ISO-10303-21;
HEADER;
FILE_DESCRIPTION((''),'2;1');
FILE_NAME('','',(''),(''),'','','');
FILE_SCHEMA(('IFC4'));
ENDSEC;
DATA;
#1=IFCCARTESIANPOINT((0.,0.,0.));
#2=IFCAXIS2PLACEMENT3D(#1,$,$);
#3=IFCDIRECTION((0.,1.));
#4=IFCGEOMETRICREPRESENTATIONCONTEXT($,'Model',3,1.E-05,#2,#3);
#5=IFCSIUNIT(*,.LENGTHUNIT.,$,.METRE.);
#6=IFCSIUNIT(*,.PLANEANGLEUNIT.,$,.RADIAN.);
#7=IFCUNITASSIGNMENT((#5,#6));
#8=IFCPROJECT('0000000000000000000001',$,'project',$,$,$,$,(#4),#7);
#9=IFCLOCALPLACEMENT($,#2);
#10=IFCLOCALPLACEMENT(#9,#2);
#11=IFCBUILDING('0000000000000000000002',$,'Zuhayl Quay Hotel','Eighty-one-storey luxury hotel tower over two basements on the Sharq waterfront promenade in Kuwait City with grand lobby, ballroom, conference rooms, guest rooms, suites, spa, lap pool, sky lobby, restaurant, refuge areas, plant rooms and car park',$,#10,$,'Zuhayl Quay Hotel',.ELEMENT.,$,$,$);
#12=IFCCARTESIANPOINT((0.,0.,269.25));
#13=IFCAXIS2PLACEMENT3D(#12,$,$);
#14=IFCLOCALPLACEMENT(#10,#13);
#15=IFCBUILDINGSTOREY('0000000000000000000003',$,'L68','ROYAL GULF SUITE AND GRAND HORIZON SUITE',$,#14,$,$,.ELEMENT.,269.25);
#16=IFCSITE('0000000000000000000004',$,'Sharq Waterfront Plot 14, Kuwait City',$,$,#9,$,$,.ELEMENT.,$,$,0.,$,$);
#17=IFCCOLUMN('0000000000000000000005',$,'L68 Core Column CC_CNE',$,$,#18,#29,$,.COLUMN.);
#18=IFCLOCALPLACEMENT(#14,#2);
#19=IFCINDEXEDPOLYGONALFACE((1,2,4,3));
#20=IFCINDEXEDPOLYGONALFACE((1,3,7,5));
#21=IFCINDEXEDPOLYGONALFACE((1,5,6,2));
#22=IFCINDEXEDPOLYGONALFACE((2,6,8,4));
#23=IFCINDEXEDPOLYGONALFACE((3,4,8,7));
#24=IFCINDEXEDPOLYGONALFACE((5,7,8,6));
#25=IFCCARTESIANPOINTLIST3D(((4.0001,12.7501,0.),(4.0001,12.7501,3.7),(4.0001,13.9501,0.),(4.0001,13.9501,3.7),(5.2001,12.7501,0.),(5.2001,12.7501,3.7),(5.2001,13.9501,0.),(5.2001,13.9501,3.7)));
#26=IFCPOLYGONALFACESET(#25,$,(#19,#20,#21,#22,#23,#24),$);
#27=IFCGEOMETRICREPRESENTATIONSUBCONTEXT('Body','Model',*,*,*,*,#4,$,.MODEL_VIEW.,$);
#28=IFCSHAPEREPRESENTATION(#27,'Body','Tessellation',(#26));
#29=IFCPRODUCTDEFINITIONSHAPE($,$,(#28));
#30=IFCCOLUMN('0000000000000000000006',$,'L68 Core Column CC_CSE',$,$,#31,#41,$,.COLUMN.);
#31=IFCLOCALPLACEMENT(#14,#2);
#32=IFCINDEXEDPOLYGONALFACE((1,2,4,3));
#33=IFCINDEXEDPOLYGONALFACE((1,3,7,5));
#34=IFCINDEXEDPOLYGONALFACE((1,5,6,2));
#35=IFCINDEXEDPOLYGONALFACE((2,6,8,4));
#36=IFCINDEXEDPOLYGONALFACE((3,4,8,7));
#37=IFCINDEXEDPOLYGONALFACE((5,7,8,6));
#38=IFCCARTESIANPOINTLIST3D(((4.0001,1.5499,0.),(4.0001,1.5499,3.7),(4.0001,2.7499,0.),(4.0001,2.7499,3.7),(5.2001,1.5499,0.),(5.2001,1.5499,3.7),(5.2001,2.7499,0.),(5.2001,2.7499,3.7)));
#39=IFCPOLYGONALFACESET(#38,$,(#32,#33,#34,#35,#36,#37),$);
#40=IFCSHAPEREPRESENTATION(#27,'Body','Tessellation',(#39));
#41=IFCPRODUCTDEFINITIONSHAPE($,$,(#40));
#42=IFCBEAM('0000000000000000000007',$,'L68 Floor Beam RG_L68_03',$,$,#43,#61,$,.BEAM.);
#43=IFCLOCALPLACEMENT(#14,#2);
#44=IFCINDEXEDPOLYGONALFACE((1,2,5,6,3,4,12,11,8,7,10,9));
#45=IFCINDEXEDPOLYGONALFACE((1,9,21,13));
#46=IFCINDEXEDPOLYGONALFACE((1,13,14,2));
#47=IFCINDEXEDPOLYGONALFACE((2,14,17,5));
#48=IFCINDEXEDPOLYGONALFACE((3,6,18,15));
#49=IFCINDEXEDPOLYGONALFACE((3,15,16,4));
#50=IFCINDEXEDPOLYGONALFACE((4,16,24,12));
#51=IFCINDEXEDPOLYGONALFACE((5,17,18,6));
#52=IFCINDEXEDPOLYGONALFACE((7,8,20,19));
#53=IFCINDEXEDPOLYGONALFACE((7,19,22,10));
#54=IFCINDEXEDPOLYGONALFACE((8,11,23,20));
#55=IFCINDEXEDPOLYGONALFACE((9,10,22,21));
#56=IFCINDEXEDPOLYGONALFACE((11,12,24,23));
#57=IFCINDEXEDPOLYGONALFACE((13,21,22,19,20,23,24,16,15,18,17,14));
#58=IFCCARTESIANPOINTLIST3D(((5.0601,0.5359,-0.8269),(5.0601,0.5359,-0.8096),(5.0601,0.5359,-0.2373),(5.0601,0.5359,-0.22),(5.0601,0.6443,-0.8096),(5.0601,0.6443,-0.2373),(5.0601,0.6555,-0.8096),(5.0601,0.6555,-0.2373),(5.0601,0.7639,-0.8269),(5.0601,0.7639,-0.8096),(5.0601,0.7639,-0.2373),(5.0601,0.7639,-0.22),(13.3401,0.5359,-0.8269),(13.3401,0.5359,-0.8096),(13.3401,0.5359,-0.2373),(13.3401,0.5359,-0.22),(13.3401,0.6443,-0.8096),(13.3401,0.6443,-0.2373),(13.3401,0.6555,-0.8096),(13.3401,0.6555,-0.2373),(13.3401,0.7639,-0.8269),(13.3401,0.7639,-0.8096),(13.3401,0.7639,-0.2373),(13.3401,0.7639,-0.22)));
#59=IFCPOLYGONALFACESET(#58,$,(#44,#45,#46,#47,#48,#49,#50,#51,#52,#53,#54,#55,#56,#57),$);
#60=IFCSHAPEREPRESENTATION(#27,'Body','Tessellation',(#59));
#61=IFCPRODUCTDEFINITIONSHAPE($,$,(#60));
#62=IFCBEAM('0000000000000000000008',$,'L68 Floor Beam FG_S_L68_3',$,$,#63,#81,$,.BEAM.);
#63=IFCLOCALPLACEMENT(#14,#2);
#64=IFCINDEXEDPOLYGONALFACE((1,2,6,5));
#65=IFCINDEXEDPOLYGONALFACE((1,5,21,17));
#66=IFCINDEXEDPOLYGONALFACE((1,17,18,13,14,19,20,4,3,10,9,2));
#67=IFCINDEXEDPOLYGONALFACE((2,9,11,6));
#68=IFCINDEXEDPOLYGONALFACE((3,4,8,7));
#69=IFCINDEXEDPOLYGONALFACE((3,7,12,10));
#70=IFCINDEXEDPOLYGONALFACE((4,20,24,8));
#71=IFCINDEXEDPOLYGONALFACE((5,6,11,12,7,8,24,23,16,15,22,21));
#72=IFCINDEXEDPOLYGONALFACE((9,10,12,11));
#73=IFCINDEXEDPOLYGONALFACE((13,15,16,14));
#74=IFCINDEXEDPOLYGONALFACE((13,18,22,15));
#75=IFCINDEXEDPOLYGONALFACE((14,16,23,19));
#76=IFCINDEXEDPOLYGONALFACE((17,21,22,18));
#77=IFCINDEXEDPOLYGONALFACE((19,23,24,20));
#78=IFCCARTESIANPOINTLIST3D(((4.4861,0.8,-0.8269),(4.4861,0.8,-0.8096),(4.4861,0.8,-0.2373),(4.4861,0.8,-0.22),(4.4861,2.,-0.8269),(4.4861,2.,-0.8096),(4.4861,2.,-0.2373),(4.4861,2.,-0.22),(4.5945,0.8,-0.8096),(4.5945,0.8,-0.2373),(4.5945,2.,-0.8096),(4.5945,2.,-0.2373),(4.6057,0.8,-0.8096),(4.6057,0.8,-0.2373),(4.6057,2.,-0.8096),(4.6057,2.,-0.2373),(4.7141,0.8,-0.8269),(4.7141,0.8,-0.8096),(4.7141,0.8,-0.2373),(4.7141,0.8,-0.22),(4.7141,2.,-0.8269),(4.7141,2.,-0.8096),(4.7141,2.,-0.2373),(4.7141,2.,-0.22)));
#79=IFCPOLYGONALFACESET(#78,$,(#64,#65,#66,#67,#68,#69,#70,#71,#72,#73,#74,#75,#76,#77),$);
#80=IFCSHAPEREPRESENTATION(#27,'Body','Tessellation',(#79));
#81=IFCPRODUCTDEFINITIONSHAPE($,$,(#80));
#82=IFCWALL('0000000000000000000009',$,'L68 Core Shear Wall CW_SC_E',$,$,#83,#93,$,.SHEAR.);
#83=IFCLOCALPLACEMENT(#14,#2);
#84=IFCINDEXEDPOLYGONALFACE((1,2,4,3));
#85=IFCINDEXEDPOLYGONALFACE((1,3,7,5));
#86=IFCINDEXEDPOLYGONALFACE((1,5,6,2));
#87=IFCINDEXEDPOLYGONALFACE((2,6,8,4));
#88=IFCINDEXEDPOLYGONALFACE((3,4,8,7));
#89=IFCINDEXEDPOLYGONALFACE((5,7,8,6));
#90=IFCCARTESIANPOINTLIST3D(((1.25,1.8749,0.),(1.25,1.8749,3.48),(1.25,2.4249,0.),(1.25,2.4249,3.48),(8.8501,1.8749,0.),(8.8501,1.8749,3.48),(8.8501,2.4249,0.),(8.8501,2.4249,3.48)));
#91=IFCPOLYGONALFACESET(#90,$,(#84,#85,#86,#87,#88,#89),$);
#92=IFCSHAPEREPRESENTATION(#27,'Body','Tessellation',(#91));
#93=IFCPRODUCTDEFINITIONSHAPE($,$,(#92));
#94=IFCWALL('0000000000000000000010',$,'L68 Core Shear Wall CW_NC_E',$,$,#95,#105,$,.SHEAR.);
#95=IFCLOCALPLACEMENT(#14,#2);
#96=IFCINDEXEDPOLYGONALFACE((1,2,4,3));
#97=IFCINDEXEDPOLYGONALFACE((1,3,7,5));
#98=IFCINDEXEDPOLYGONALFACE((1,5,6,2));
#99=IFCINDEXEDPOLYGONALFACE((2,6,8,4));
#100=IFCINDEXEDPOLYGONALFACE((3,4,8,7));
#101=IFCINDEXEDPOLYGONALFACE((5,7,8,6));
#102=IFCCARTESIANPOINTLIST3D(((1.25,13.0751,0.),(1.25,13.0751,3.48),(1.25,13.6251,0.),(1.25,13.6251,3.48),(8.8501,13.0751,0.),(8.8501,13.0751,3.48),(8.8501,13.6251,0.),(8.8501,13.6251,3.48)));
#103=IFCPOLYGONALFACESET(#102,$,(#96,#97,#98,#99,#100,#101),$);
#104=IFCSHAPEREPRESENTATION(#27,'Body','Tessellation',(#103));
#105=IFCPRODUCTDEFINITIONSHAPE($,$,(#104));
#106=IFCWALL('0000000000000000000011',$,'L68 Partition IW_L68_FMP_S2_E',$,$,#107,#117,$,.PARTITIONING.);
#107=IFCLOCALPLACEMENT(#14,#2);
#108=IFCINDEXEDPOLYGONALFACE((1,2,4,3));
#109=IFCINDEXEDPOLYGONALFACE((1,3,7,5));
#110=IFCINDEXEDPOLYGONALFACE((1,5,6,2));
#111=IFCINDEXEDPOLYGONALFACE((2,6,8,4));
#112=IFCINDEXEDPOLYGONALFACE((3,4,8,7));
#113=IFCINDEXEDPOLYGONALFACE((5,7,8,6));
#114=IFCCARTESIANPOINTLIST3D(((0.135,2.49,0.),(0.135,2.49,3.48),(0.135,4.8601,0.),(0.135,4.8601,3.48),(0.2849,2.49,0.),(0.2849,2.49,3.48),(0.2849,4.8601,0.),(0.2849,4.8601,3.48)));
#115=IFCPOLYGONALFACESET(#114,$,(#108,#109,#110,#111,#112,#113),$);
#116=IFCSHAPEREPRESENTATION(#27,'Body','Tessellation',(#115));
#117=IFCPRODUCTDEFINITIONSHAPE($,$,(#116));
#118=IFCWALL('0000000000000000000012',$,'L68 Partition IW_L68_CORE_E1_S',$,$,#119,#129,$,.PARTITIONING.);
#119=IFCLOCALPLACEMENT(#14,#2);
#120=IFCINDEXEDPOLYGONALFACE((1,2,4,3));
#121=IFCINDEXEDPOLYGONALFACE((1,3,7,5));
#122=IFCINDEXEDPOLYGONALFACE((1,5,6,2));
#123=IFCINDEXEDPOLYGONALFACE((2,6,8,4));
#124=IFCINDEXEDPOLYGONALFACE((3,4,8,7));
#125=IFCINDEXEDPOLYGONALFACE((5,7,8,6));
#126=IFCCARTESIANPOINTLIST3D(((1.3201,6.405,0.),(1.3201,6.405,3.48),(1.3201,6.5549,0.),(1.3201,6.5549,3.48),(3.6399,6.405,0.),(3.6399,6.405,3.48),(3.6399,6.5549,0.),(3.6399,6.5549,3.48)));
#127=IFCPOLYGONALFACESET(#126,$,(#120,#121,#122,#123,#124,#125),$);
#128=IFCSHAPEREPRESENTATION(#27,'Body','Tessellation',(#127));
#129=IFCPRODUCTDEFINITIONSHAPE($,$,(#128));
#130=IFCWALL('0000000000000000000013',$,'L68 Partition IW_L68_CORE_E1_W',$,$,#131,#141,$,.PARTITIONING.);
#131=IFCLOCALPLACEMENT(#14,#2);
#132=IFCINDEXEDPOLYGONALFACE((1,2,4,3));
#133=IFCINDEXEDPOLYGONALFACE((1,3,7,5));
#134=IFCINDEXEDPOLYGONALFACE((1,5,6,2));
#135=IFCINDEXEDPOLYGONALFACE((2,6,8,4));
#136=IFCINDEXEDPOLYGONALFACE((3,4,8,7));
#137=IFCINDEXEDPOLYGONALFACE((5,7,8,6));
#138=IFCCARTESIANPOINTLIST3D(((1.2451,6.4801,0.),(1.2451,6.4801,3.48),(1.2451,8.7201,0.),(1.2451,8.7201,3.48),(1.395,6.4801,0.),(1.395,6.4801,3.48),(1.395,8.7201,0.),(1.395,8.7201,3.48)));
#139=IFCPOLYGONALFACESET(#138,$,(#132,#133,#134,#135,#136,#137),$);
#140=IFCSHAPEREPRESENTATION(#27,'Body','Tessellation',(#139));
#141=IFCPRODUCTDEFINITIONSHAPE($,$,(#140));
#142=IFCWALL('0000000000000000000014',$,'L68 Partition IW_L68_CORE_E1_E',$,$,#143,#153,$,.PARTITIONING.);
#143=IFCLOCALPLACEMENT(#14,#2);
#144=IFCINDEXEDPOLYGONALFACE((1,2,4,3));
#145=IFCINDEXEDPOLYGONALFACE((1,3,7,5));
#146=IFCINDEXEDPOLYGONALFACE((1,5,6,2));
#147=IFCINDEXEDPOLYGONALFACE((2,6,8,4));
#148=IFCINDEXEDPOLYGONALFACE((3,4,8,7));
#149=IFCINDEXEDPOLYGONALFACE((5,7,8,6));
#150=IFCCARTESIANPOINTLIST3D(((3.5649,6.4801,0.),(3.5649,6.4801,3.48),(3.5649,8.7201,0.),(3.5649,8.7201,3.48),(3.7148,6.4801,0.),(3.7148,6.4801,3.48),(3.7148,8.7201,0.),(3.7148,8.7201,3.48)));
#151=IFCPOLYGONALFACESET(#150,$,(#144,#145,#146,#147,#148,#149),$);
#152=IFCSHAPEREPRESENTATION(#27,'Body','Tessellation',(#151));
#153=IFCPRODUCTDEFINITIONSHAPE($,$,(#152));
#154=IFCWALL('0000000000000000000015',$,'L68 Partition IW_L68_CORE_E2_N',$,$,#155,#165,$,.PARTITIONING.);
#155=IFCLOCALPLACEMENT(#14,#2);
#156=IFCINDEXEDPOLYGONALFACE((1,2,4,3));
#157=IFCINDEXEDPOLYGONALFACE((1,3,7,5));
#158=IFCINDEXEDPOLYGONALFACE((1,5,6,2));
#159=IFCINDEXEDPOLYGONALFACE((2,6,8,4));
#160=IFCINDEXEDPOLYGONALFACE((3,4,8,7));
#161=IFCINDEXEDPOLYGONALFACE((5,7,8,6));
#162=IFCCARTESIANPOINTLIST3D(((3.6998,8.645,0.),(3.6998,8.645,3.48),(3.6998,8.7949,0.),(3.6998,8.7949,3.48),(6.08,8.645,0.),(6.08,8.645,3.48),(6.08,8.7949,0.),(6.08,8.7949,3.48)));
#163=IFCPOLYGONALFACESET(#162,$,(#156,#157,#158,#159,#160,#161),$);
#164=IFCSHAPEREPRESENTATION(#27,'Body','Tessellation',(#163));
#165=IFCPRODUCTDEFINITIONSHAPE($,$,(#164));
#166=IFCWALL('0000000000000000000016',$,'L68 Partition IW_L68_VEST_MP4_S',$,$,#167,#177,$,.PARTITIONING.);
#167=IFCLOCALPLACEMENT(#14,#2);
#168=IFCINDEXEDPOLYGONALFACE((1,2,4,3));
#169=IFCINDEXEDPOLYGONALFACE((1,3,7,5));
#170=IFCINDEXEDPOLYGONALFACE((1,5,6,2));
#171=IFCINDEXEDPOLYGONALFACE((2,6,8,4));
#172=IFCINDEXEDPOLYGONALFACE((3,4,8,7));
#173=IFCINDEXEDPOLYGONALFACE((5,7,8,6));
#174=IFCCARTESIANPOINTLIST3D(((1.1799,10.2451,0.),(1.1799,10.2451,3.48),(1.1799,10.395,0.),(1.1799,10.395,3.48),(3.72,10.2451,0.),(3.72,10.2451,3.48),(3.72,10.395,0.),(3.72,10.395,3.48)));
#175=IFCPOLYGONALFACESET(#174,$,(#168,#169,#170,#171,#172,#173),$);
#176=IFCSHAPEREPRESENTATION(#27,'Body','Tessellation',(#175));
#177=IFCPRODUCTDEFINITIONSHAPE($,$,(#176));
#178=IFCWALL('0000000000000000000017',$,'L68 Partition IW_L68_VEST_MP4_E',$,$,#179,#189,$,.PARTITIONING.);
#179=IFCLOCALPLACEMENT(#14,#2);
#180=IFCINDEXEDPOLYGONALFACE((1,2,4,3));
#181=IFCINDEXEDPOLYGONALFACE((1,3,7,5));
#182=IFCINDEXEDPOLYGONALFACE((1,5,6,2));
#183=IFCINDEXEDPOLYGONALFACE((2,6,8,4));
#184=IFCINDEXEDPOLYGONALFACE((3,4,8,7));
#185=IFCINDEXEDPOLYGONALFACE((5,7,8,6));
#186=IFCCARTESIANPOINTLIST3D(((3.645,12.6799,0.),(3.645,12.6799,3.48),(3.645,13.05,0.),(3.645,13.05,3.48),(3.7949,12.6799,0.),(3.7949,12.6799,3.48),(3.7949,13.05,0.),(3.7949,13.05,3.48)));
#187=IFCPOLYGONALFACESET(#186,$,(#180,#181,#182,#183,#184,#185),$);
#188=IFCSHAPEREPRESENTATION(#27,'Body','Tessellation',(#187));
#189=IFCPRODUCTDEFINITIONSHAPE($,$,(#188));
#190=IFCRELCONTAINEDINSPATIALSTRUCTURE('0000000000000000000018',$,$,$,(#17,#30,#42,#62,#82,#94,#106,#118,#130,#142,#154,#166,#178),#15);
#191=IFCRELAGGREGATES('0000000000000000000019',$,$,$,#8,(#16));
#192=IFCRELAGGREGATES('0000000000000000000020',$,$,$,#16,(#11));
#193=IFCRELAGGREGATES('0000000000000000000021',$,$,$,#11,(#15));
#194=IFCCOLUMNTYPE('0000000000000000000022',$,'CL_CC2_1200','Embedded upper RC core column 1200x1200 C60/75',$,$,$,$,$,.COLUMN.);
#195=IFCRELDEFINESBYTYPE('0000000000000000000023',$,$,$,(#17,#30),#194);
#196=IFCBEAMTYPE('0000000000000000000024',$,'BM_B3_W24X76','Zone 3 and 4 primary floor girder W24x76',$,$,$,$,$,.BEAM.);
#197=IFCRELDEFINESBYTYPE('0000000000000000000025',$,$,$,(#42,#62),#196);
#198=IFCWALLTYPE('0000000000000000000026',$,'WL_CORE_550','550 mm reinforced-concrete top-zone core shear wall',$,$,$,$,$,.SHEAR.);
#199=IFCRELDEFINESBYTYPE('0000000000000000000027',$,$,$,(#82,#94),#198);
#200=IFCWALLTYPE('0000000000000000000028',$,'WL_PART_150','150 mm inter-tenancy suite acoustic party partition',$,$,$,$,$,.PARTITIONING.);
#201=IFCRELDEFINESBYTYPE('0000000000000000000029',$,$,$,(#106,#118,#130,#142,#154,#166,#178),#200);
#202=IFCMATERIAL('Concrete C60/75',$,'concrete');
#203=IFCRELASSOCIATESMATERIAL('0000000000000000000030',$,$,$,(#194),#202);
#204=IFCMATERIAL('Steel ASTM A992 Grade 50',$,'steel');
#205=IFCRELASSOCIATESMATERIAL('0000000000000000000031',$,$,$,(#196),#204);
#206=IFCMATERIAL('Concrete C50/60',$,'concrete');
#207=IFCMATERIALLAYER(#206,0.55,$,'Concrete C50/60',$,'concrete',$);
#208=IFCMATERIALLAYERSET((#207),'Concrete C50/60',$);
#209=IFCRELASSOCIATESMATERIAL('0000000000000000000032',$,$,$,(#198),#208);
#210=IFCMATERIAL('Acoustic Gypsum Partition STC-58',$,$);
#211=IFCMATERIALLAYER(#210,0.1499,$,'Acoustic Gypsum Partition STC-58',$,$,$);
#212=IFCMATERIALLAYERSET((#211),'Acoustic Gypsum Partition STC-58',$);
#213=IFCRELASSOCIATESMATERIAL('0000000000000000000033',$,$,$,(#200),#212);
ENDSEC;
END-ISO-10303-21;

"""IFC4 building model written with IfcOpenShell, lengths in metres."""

from ifc_helpers import new_model, si_unit, direction, frame, frame_2d, origin, origin_2d, place, context, subcontext, project, spatial, rectangle, i_section, extrude, material, layer, layer_set, material_profile, profile_set, type_object, element, save


model = new_model("IFC4")

# Units and contexts
model_context = context("Model", 3, precision=1e-05, world=origin(), true_north=direction((0.0, 1.0)))
body_context = subcontext(model_context, "Body", "Model", "MODEL_VIEW")
ifc_project = project(units=[si_unit("LENGTHUNIT", "METRE"), si_unit("PLANEANGLEUNIT", "RADIAN")], contexts=[model_context])

# Site, building, storey
site_placement = place(None, origin())
site = spatial("IfcSite", under=ifc_project, at=site_placement, Name="Sharq Waterfront Plot 14, Kuwait City", CompositionType="ELEMENT", RefElevation=0.0)
building_placement = place(site_placement, origin())
building = spatial("IfcBuilding", under=site, at=building_placement, Name="Zuhayl Quay Hotel", Description="Eighty-one-storey luxury hotel tower over two basements on the Sharq waterfront promenade in Kuwait City with grand lobby, ballroom, conference rooms, guest rooms, suites, spa, lap pool, sky lobby, restaurant, refuge areas, plant rooms and car park", LongName="Zuhayl Quay Hotel", CompositionType="ELEMENT")
storey_placement = place(building_placement, frame((0.0, 0.0, 269.25)))
storey = spatial("IfcBuildingStorey", under=building, at=storey_placement, Name="L68", Description="ROYAL GULF SUITE AND GRAND HORIZON SUITE", CompositionType="ELEMENT", Elevation=269.25)

# Columns
ifc_material_1 = material(Name="Concrete C60/75", Category="concrete")
ifc_material_profile_1 = material_profile(ifc_material_1, rectangle(XDim=1.2, YDim=1.2, at=origin_2d()), Name="RC1200X1200")
ifc_profile_set_1 = profile_set([ifc_material_profile_1], Name="Concrete C60/75")
column_type = type_object("IfcColumnType", Name="CL_CC2_1200", Description="Embedded upper RC core column 1200x1200 C60/75", PredefinedType="COLUMN", material=ifc_profile_set_1)
for number, where, z_axis, x_axis, name in (
    (1, (4.6001, 13.3501, 0.0), (0.0, 0.0, 1.0), (1.0, 0.0, 0.0), "L68 Core Column CC_CNE"),
    (2, (4.6001, 2.1499, 0.0), (0.0, 0.0, 1.0), (1.0, 0.0, 0.0), "L68 Core Column CC_CSE"),
):
    element("IfcColumn", number, at=place(storey_placement, frame(where, z_axis=z_axis, x_axis=x_axis)), inside=storey, type_object=column_type, Name=name, PredefinedType="COLUMN", context=body_context, shape_type="SweptSolid", body=[
        extrude(rectangle(XDim=1.2, YDim=1.2, at=origin_2d()), origin(), (0.0, 0.0, 1.0), 3.7),
    ])

# Beams
ifc_material_2 = material(Name="Steel ASTM A992 Grade 50", Category="steel")
ifc_material_profile_2 = material_profile(ifc_material_2, i_section(OverallWidth=0.228, OverallDepth=0.6069, WebThickness=0.0112, FlangeThickness=0.0173, at=origin_2d()), Name="W24X76")
ifc_profile_set_2 = profile_set([ifc_material_profile_2], Name="Steel ASTM A992 Grade 50")
beam_type = type_object("IfcBeamType", Name="BM_B3_W24X76", Description="Zone 3 and 4 primary floor girder W24x76", PredefinedType="BEAM", material=ifc_profile_set_2)
beam_1_placement = place(storey_placement, frame((5.0601, 0.6499, -0.5234), z_axis=(1.0, 0.0, 0.0), x_axis=(0.0, 1.0, 0.0)))
element("IfcBeam", 3, at=beam_1_placement, inside=storey, type_object=beam_type, Name="L68 Floor Beam RG_L68_03", PredefinedType="BEAM", context=body_context, shape_type="SweptSolid", body=[
    extrude(i_section(OverallWidth=0.228, OverallDepth=0.6069, WebThickness=0.0112, FlangeThickness=0.0173, at=origin_2d()), origin(), (0.0, 0.0, 1.0), 8.28),
])
beam_2_placement = place(storey_placement, frame((4.6001, 0.8, -0.5234), z_axis=(0.0, 1.0, 0.0), x_axis=(-1.0, 0.0, 0.0)))
element("IfcBeam", 4, at=beam_2_placement, inside=storey, type_object=beam_type, Name="L68 Floor Beam FG_S_L68_3", PredefinedType="BEAM", context=body_context, shape_type="SweptSolid", body=[
    extrude(i_section(OverallWidth=0.228, OverallDepth=0.6069, WebThickness=0.0112, FlangeThickness=0.0173, at=origin_2d()), origin(), (0.0, 0.0, 1.0), 1.2),
])

# Walls
ifc_material_3 = material(Name="Concrete C50/60", Category="concrete")
ifc_layer_1 = layer(ifc_material_3, 0.55, Name="Concrete C50/60", Category="concrete")
ifc_layer_set_1 = layer_set([ifc_layer_1], Name="Concrete C50/60")
wall_type_1 = type_object("IfcWallType", Name="WL_CORE_550", Description="550 mm reinforced-concrete top-zone core shear wall", PredefinedType="SHEAR", material=ifc_layer_set_1)
for number, where, z_axis, x_axis, name in (
    (5, (1.25, 2.1499, 0.0), (0.0, 0.0, 1.0), (1.0, 0.0, 0.0), "L68 Core Shear Wall CW_SC_E"),
    (6, (1.25, 13.3501, 0.0), (0.0, 0.0, 1.0), (1.0, 0.0, 0.0), "L68 Core Shear Wall CW_NC_E"),
):
    element("IfcWall", number, at=place(storey_placement, frame(where, z_axis=z_axis, x_axis=x_axis)), inside=storey, type_object=wall_type_1, Name=name, PredefinedType="SHEAR", context=body_context, shape_type="SweptSolid", body=[
        extrude(rectangle(XDim=7.6001, YDim=0.55, at=frame_2d((3.8, 0.0))), origin(), (0.0, 0.0, 1.0), 3.48),
    ])

# Shared definitions
ifc_material_4 = material(Name="Acoustic Gypsum Partition STC-58")
ifc_layer_2 = layer(ifc_material_4, 0.1499, Name="Acoustic Gypsum Partition STC-58")
ifc_layer_set_2 = layer_set([ifc_layer_2], Name="Acoustic Gypsum Partition STC-58")
wall_type_2 = type_object("IfcWallType", Name="WL_PART_150", Description="150 mm inter-tenancy suite acoustic party partition", PredefinedType="PARTITIONING", material=ifc_layer_set_2)

# Walls
wall_1_placement = place(storey_placement, frame((0.21, 2.49, 0.0), z_axis=(0.0, 0.0, 1.0), x_axis=(0.0, 1.0, 0.0)))
element("IfcWall", 7, at=wall_1_placement, inside=storey, type_object=wall_type_2, Name="L68 Partition IW_L68_FMP_S2_E", PredefinedType="PARTITIONING", context=body_context, shape_type="SweptSolid", body=[
    extrude(rectangle(XDim=2.3701, YDim=0.1499, at=frame_2d((1.1851, 0.0))), origin(), (0.0, 0.0, 1.0), 3.48),
])
wall_2_placement = place(storey_placement, frame((1.3201, 6.48, 0.0), z_axis=(0.0, 0.0, 1.0), x_axis=(1.0, 0.0, 0.0)))
element("IfcWall", 8, at=wall_2_placement, inside=storey, type_object=wall_type_2, Name="L68 Partition IW_L68_CORE_E1_S", PredefinedType="PARTITIONING", context=body_context, shape_type="SweptSolid", body=[
    extrude(rectangle(XDim=2.3198, YDim=0.1499, at=frame_2d((1.1599, 0.0))), origin(), (0.0, 0.0, 1.0), 3.48),
])
for number, where, z_axis, x_axis, name in (
    (9, (1.3201, 6.48, 0.0), (0.0, 0.0, 1.0), (0.0, 1.0, 0.0), "L68 Partition IW_L68_CORE_E1_W"),
    (10, (3.6399, 6.48, 0.0), (0.0, 0.0, 1.0), (0.0, 1.0, 0.0), "L68 Partition IW_L68_CORE_E1_E"),
):
    element("IfcWall", number, at=place(storey_placement, frame(where, z_axis=z_axis, x_axis=x_axis)), inside=storey, type_object=wall_type_2, Name=name, PredefinedType="PARTITIONING", context=body_context, shape_type="SweptSolid", body=[
        extrude(rectangle(XDim=2.24, YDim=0.1499, at=frame_2d((1.1201, 0.0))), origin(), (0.0, 0.0, 1.0), 3.48),
    ])
wall_3_placement = place(storey_placement, frame((3.7, 8.72, 0.0), z_axis=(0.0, 0.0, 1.0), x_axis=(1.0, 0.0, 0.0)))
element("IfcWall", 11, at=wall_3_placement, inside=storey, type_object=wall_type_2, Name="L68 Partition IW_L68_CORE_E2_N", PredefinedType="PARTITIONING", context=body_context, shape_type="SweptSolid", body=[
    extrude(rectangle(XDim=2.3801, YDim=0.1499, at=frame_2d((1.1899, 0.0))), origin(), (0.0, 0.0, 1.0), 3.48),
])
wall_4_placement = place(storey_placement, frame((1.1799, 10.3201, 0.0), z_axis=(0.0, 0.0, 1.0), x_axis=(1.0, 0.0, 0.0)))
element("IfcWall", 12, at=wall_4_placement, inside=storey, type_object=wall_type_2, Name="L68 Partition IW_L68_VEST_MP4_S", PredefinedType="PARTITIONING", context=body_context, shape_type="SweptSolid", body=[
    extrude(rectangle(XDim=2.54, YDim=0.1499, at=frame_2d((1.27, 0.0))), origin(), (0.0, 0.0, 1.0), 3.48),
])
wall_5_placement = place(storey_placement, frame((3.72, 12.6799, 0.0), z_axis=(0.0, 0.0, 1.0), x_axis=(0.0, 1.0, 0.0)))
element("IfcWall", 13, at=wall_5_placement, inside=storey, type_object=wall_type_2, Name="L68 Partition IW_L68_VEST_MP4_E", PredefinedType="PARTITIONING", context=body_context, shape_type="SweptSolid", body=[
    extrude(rectangle(XDim=0.3701, YDim=0.1499, at=frame_2d((0.1851, 0.0))), origin(), (0.0, 0.0, 1.0), 3.48),
])

save(model, "model.ifc")
